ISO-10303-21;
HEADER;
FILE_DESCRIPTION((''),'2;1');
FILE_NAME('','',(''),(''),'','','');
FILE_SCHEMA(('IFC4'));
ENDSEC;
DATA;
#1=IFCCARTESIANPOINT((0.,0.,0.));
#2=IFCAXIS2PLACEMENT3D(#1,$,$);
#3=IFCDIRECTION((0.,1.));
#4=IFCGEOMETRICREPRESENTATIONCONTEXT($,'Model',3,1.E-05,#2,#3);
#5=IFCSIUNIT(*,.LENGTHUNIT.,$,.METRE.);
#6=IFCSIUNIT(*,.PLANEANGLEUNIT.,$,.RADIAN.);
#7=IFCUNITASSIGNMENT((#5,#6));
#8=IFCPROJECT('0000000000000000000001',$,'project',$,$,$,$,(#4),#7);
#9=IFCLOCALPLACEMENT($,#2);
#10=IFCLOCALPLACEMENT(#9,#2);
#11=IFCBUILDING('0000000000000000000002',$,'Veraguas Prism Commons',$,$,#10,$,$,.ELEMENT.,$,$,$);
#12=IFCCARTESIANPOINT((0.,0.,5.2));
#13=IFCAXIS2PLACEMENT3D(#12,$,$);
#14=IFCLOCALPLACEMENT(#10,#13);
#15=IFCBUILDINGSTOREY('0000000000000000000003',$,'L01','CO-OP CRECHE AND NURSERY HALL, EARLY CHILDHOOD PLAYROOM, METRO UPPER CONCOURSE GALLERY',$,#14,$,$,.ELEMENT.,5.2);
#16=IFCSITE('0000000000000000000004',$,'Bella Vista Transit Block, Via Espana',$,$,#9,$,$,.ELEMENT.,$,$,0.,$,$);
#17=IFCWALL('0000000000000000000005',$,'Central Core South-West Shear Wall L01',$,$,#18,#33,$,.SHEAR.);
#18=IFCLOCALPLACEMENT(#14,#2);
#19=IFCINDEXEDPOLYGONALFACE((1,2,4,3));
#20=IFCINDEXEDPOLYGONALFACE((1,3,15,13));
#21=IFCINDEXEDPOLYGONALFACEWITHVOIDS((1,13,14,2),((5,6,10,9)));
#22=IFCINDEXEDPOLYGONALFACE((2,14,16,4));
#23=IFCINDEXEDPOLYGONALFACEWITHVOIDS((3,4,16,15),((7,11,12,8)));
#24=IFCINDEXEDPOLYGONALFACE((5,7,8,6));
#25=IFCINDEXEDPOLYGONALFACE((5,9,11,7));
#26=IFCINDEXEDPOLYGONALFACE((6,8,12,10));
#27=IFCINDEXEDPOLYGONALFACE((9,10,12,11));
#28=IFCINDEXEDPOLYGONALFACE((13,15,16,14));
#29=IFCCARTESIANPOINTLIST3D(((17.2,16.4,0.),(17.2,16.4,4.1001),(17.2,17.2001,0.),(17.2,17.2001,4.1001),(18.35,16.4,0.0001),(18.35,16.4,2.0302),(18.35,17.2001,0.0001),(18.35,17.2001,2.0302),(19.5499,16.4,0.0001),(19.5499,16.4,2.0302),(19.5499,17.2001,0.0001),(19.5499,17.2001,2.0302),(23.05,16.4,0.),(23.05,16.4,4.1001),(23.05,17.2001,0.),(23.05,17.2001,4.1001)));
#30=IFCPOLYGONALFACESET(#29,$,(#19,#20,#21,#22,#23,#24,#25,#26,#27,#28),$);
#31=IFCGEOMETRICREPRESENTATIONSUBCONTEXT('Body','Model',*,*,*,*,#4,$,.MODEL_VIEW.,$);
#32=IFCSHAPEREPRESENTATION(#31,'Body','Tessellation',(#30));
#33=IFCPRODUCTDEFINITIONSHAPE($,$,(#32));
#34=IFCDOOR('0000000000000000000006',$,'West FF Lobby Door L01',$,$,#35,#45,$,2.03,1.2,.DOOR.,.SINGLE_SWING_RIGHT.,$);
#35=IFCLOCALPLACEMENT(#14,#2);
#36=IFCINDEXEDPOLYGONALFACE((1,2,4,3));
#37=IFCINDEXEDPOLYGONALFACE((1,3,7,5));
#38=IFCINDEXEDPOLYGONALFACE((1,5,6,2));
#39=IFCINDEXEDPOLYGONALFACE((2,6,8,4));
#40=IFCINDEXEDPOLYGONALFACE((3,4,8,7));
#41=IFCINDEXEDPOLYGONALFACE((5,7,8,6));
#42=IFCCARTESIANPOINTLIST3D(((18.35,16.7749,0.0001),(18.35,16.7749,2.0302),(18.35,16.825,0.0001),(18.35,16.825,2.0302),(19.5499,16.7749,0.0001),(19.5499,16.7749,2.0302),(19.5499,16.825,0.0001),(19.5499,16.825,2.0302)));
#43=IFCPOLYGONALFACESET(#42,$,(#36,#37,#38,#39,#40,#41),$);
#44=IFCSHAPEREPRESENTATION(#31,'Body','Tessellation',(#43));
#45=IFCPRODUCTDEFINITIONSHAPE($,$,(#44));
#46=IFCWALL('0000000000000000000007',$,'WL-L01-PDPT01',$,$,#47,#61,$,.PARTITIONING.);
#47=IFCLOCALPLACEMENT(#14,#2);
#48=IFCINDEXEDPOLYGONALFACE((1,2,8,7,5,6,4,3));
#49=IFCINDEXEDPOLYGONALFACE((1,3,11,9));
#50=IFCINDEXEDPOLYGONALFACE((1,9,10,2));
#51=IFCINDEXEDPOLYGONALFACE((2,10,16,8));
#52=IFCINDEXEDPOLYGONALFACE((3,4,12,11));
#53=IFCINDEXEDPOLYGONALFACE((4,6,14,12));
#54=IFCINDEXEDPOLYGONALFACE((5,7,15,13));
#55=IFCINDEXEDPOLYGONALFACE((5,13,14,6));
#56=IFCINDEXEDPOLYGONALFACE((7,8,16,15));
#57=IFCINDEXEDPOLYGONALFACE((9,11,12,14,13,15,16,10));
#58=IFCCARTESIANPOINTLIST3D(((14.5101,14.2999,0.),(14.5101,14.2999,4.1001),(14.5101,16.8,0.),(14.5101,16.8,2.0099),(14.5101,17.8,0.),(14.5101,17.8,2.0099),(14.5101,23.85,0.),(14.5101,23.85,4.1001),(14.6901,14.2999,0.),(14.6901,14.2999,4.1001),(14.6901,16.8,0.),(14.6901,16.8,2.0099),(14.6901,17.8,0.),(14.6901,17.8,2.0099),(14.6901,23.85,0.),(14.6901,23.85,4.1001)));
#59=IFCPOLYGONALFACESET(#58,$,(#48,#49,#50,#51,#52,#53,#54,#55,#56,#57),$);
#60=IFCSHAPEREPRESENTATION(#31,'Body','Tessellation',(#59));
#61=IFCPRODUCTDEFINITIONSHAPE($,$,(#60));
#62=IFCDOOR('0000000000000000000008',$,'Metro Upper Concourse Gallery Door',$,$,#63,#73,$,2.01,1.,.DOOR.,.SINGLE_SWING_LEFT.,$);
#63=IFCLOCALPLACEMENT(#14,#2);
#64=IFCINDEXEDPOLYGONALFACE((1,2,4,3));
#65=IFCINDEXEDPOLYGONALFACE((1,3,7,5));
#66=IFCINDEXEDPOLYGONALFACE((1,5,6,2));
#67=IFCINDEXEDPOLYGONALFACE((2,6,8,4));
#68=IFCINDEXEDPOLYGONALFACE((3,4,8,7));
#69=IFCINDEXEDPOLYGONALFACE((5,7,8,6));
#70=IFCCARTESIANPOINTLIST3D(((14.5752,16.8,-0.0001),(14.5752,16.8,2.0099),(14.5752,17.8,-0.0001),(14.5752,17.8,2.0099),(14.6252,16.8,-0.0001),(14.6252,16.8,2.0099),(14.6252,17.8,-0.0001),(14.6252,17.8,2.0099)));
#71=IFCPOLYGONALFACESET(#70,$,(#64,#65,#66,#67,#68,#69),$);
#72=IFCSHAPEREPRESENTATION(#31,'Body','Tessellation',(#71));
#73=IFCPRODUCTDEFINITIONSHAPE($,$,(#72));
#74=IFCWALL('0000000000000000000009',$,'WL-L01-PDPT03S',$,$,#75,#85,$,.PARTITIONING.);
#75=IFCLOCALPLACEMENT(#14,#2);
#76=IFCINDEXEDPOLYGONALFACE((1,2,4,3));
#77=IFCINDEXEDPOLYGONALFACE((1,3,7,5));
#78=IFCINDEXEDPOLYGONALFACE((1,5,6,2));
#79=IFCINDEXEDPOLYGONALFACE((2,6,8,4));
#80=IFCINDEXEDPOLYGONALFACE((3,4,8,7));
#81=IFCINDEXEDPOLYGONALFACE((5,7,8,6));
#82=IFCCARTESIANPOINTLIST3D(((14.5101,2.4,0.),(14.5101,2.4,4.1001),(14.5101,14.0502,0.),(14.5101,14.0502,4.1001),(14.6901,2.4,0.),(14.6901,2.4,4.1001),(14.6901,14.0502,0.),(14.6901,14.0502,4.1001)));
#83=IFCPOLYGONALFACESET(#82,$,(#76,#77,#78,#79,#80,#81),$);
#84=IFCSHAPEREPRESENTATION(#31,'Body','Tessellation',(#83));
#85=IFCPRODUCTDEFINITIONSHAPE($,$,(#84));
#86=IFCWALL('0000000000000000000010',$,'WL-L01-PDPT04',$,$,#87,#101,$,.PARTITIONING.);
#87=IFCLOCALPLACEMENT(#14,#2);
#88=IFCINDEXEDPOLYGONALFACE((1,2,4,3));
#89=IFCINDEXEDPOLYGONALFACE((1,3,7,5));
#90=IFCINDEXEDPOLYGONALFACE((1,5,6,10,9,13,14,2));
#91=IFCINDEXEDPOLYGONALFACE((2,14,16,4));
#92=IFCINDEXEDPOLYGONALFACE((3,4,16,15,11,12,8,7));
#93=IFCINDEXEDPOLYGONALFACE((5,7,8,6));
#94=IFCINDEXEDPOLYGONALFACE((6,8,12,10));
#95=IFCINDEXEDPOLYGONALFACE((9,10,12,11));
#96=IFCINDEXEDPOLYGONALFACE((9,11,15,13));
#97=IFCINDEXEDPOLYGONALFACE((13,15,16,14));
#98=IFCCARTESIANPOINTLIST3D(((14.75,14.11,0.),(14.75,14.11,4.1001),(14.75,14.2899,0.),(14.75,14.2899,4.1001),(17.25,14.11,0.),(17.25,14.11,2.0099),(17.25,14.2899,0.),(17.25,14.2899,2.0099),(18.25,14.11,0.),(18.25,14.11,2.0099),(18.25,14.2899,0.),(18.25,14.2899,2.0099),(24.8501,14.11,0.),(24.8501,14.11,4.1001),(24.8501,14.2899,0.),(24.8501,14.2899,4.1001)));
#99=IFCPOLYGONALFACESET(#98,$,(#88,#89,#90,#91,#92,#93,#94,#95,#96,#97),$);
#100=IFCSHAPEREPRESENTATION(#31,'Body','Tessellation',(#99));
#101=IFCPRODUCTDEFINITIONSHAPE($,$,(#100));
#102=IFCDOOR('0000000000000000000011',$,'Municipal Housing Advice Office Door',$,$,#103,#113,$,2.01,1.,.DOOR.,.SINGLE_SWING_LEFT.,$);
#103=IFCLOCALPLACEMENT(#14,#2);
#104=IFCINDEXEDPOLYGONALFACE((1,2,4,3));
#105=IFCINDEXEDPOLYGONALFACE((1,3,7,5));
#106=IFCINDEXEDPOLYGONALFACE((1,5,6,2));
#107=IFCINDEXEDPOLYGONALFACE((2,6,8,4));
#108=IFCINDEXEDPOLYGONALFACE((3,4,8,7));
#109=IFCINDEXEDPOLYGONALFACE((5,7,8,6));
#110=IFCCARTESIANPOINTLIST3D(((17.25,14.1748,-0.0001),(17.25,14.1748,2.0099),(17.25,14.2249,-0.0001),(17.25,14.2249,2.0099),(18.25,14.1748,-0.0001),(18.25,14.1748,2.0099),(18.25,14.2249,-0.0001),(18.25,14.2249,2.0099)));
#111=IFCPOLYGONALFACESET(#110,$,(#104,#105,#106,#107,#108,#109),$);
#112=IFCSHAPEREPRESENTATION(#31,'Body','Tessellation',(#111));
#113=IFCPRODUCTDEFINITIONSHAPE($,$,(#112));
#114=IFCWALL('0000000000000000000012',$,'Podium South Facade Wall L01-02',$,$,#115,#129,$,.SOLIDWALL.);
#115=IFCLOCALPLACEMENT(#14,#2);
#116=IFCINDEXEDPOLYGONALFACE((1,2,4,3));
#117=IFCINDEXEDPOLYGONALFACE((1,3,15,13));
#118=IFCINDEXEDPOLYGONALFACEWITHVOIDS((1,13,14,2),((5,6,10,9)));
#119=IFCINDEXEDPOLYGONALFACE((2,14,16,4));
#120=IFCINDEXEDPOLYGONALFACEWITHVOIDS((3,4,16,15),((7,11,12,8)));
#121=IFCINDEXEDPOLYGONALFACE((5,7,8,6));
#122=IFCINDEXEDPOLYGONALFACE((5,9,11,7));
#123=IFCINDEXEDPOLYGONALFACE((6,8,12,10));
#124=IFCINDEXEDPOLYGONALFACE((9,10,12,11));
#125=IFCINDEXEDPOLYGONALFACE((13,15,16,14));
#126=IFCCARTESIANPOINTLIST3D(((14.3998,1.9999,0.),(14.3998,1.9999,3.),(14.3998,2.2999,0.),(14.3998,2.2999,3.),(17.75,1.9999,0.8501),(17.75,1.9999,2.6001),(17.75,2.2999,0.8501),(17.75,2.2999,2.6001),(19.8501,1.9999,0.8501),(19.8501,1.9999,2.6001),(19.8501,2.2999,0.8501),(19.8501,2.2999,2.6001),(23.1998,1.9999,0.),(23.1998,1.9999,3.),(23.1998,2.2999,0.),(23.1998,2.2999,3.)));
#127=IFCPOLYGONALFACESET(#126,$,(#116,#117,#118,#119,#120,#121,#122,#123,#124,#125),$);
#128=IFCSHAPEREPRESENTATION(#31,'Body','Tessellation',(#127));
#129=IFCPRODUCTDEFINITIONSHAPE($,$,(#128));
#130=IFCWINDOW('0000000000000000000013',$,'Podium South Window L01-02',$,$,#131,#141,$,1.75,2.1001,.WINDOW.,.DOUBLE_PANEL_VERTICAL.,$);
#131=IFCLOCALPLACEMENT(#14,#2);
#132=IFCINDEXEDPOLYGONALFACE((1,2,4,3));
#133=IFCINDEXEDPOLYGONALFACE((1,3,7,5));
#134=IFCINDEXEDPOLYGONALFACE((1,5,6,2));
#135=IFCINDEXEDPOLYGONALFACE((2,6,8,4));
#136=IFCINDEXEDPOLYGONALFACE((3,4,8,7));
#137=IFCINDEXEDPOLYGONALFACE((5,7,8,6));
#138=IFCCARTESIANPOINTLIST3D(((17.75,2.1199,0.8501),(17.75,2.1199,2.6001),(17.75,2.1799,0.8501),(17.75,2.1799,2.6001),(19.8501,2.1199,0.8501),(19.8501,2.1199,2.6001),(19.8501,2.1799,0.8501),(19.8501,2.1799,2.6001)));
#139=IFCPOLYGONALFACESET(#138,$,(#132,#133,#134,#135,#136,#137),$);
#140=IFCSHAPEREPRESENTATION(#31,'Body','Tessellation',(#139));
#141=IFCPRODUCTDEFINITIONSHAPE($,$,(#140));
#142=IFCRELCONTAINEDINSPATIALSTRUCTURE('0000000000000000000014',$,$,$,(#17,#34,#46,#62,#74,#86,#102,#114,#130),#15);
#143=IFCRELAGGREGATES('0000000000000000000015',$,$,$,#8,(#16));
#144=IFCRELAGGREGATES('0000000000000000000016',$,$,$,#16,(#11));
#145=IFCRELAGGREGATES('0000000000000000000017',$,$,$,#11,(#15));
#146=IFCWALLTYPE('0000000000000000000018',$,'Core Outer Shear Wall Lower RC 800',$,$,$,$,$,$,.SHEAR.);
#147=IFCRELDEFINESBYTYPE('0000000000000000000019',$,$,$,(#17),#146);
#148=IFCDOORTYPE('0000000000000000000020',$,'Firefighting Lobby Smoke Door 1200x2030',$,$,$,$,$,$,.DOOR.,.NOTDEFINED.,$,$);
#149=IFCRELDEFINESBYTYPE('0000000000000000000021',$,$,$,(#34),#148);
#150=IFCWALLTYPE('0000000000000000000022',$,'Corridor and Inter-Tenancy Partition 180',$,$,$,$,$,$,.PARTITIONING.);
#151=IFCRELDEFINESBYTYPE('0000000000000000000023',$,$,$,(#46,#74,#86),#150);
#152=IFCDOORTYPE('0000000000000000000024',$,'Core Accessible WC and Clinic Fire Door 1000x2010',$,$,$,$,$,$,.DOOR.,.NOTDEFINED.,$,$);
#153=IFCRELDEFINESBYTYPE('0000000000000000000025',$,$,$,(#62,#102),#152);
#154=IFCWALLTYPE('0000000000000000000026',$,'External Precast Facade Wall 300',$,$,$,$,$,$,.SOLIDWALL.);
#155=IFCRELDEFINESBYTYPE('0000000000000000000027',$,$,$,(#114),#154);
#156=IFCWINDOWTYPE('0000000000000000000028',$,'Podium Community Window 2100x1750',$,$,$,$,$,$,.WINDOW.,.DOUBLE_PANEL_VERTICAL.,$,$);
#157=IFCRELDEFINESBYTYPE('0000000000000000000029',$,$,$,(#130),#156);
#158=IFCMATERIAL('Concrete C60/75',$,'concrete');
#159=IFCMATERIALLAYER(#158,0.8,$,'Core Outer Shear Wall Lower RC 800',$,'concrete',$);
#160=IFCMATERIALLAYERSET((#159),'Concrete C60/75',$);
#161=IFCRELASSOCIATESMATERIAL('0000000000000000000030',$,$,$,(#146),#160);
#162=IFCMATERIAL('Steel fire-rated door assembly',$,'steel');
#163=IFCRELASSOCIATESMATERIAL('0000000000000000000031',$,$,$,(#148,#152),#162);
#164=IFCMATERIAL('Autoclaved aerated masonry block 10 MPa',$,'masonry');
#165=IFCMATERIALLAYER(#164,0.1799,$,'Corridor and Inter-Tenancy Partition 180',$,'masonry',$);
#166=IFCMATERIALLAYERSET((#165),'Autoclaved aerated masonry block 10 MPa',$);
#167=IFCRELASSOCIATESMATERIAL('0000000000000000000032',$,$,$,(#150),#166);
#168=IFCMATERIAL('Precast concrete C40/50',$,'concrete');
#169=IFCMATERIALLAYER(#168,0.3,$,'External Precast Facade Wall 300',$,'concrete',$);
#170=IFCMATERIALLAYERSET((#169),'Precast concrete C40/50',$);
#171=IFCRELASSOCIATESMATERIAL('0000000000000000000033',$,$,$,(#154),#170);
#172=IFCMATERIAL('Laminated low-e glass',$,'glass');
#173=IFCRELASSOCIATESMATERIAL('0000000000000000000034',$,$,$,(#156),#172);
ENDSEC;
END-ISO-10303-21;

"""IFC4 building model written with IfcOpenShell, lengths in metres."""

from ifc_helpers import new_model, si_unit, direction, frame, frame_2d, origin, place, context, subcontext, project, spatial, rectangle, extrude, source, transform, mapped, material, layer, layer_set, type_object, element, fill, save


model = new_model("IFC4")

# Units and contexts
model_context = context("Model", 3, precision=1e-05, world=origin(), true_north=direction((0.0, 1.0)))
body_context = subcontext(model_context, "Body", "Model", "MODEL_VIEW")
ifc_project = project(units=[si_unit("LENGTHUNIT", "METRE"), si_unit("PLANEANGLEUNIT", "RADIAN")], contexts=[model_context])

# Site, building, storey
site_placement = place(None, origin())
site = spatial("IfcSite", under=ifc_project, at=site_placement, Name="Bella Vista Transit Block, Via Espana", CompositionType="ELEMENT", RefElevation=0.0)
building_placement = place(site_placement, origin())
building = spatial("IfcBuilding", under=site, at=building_placement, Name="Veraguas Prism Commons", CompositionType="ELEMENT")
storey_placement = place(building_placement, frame((0.0, 0.0, 5.2)))
storey = spatial("IfcBuildingStorey", under=building, at=storey_placement, Name="L01", Description="CO-OP CRECHE AND NURSERY HALL, EARLY CHILDHOOD PLAYROOM, METRO UPPER CONCOURSE GALLERY", CompositionType="ELEMENT", Elevation=5.2)

# Shared definitions
ifc_material_1 = material(Name="Concrete C60/75", Category="concrete")

# Shared definitions
ifc_material_2 = material(Name="Steel fire-rated door assembly", Category="steel")

# Shared definitions
ifc_layer_1 = layer(ifc_material_1, 0.8, Name="Core Outer Shear Wall Lower RC 800", Category="concrete")
ifc_layer_set_1 = layer_set([ifc_layer_1], Name="Concrete C60/75")
wall_type_1 = type_object("IfcWallType", Name="Core Outer Shear Wall Lower RC 800", PredefinedType="SHEAR", material=ifc_layer_set_1)

# Walls, openings, doors
wall_1_placement = place(storey_placement, frame((17.2, 16.8, 0.0), z_axis=(0.0, 0.0, 1.0), x_axis=(1.0, 0.0, 0.0)))
wall_1 = element("IfcWall", 1, at=wall_1_placement, inside=storey, type_object=wall_type_1, Name="Central Core South-West Shear Wall L01", PredefinedType="SHEAR", context=body_context, shape_type="SweptSolid", body=[
    extrude(rectangle(XDim=5.8501, YDim=0.8, at=frame_2d((2.925, 0.0))), origin(), (0.0, 0.0, 1.0), 4.1001),
])
opening_1_placement = place(wall_1_placement, frame((1.1499, 0.0, 0.0)))
opening_1 = element("IfcOpeningElement", 2, at=opening_1_placement, cuts=wall_1, PredefinedType="OPENING", context=body_context, shape_type="SweptSolid", body=[
    extrude(rectangle(XDim=1.2, YDim=2.03, at=frame_2d((0.6001, 1.0151))), frame((0.0, 0.4099, 0.0), z_axis=(0.0, -1.0, 0.0), x_axis=(1.0, 0.0, 0.0)), (0.0, 0.0, 1.0), 0.8201),
])
door_type_1 = type_object("IfcDoorType", Name="Firefighting Lobby Smoke Door 1200x2030", OperationType="NOTDEFINED", PredefinedType="DOOR", material=ifc_material_2)
shared_shape_1 = source(origin(), body_context, "Body", "SweptSolid", [
    extrude(rectangle(XDim=1.2, YDim=2.03, at=frame_2d((0.6001, 1.0151))), frame((0.0, 0.0249, 0.0), z_axis=(0.0, -1.0, 0.0), x_axis=(1.0, 0.0, 0.0)), (0.0, 0.0, 1.0), 0.05),
])
door_1_placement = place(opening_1_placement, origin())
door_1 = element("IfcDoor", 3, at=door_1_placement, inside=storey, type_object=door_type_1, Name="West FF Lobby Door L01", OperationType="SINGLE_SWING_RIGHT", OverallHeight=2.03, OverallWidth=1.2, PredefinedType="DOOR", context=body_context, shape_type="MappedRepresentation", body=[
    mapped(shared_shape_1, transform((0.0, 0.0, 0.0), scale=1.0)),
])
fill(opening_1, door_1)
ifc_material_3 = material(Name="Autoclaved aerated masonry block 10 MPa", Category="masonry")
ifc_layer_2 = layer(ifc_material_3, 0.1799, Name="Corridor and Inter-Tenancy Partition 180", Category="masonry")
ifc_layer_set_2 = layer_set([ifc_layer_2], Name="Autoclaved aerated masonry block 10 MPa")
wall_type_2 = type_object("IfcWallType", Name="Corridor and Inter-Tenancy Partition 180", PredefinedType="PARTITIONING", material=ifc_layer_set_2)
wall_2_placement = place(storey_placement, frame((14.6001, 14.3, 0.0), z_axis=(0.0, 0.0, 1.0), x_axis=(0.0, 1.0, 0.0)))
wall_2 = element("IfcWall", 4, at=wall_2_placement, inside=storey, type_object=wall_type_2, Name="WL-L01-PDPT01", PredefinedType="PARTITIONING", context=body_context, shape_type="SweptSolid", body=[
    extrude(rectangle(XDim=9.55, YDim=0.1799, at=frame_2d((4.7749, 0.0))), origin(), (0.0, 0.0, 1.0), 4.1001),
])
opening_2_placement = place(wall_2_placement, frame((2.5, 0.0, 0.0)))
opening_2 = element("IfcOpeningElement", 5, at=opening_2_placement, cuts=wall_2, PredefinedType="OPENING", context=body_context, shape_type="SweptSolid", body=[
    extrude(rectangle(XDim=1.0, YDim=2.01, at=frame_2d((0.5, 1.0049))), frame((0.0, 0.0999, 0.0), z_axis=(0.0, -1.0, 0.0), x_axis=(1.0, 0.0, 0.0)), (0.0, 0.0, 1.0), 0.2),
])
door_type_2 = type_object("IfcDoorType", Name="Core Accessible WC and Clinic Fire Door 1000x2010", OperationType="NOTDEFINED", PredefinedType="DOOR", material=ifc_material_2)
shared_shape_2 = source(origin(), body_context, "Body", "SweptSolid", [
    extrude(rectangle(XDim=1.0, YDim=2.01, at=frame_2d((0.5, 1.0049))), frame((0.0, 0.0249, 0.0), z_axis=(0.0, -1.0, 0.0), x_axis=(1.0, 0.0, 0.0)), (0.0, 0.0, 1.0), 0.05),
])
door_2_placement = place(opening_2_placement, origin())
door_2 = element("IfcDoor", 6, at=door_2_placement, inside=storey, type_object=door_type_2, Name="Metro Upper Concourse Gallery Door", OperationType="SINGLE_SWING_LEFT", OverallHeight=2.01, OverallWidth=1.0, PredefinedType="DOOR", context=body_context, shape_type="MappedRepresentation", body=[
    mapped(shared_shape_2, transform((0.0, 0.0, 0.0), scale=1.0)),
])
fill(opening_2, door_2)

# Wall
wall_3_placement = place(storey_placement, frame((14.6001, 2.3999, 0.0), z_axis=(0.0, 0.0, 1.0), x_axis=(0.0, 1.0, 0.0)))
element("IfcWall", 7, at=wall_3_placement, inside=storey, type_object=wall_type_2, Name="WL-L01-PDPT03S", PredefinedType="PARTITIONING", context=body_context, shape_type="SweptSolid", body=[
    extrude(rectangle(XDim=11.6501, YDim=0.1799, at=frame_2d((5.8252, 0.0))), origin(), (0.0, 0.0, 1.0), 4.1001),
])

# Wall, opening, door
wall_4_placement = place(storey_placement, frame((14.75, 14.2, 0.0), z_axis=(0.0, 0.0, 1.0), x_axis=(1.0, 0.0, 0.0)))
wall_4 = element("IfcWall", 8, at=wall_4_placement, inside=storey, type_object=wall_type_2, Name="WL-L01-PDPT04", PredefinedType="PARTITIONING", context=body_context, shape_type="SweptSolid", body=[
    extrude(rectangle(XDim=10.1001, YDim=0.1799, at=frame_2d((5.05, 0.0))), origin(), (0.0, 0.0, 1.0), 4.1001),
])
opening_3_placement = place(wall_4_placement, frame((2.5, 0.0, 0.0)))
opening_3 = element("IfcOpeningElement", 9, at=opening_3_placement, cuts=wall_4, PredefinedType="OPENING", context=body_context, shape_type="SweptSolid", body=[
    extrude(rectangle(XDim=1.0, YDim=2.01, at=frame_2d((0.5, 1.0049))), frame((0.0, 0.0999, 0.0), z_axis=(0.0, -1.0, 0.0), x_axis=(1.0, 0.0, 0.0)), (0.0, 0.0, 1.0), 0.2),
])
door_3_placement = place(opening_3_placement, origin())
door_3 = element("IfcDoor", 10, at=door_3_placement, inside=storey, type_object=door_type_2, Name="Municipal Housing Advice Office Door", OperationType="SINGLE_SWING_LEFT", OverallHeight=2.01, OverallWidth=1.0, PredefinedType="DOOR", context=body_context, shape_type="MappedRepresentation", body=[
    mapped(shared_shape_2, transform((0.0, 0.0, 0.0), scale=1.0)),
])
fill(opening_3, door_3)

# Wall, opening, window
ifc_material_4 = material(Name="Precast concrete C40/50", Category="concrete")
ifc_layer_3 = layer(ifc_material_4, 0.3, Name="External Precast Facade Wall 300", Category="concrete")
ifc_layer_set_3 = layer_set([ifc_layer_3], Name="Precast concrete C40/50")
wall_type_3 = type_object("IfcWallType", Name="External Precast Facade Wall 300", PredefinedType="SOLIDWALL", material=ifc_layer_set_3)
wall_5_placement = place(storey_placement, frame((14.3999, 2.1499, 0.0), z_axis=(0.0, 0.0, 1.0), x_axis=(1.0, 0.0, 0.0)))
wall_5 = element("IfcWall", 11, at=wall_5_placement, inside=storey, type_object=wall_type_3, Name="Podium South Facade Wall L01-02", PredefinedType="SOLIDWALL", context=body_context, shape_type="SweptSolid", body=[
    extrude(rectangle(XDim=8.8, YDim=0.3, at=frame_2d((4.3999, 0.0))), origin(), (0.0, 0.0, 1.0), 3.0),
])
opening_4_placement = place(wall_5_placement, frame((3.3501, 0.0, 0.8501)))
opening_4 = element("IfcOpeningElement", 12, at=opening_4_placement, cuts=wall_5, PredefinedType="OPENING", context=body_context, shape_type="SweptSolid", body=[
    extrude(rectangle(XDim=2.1001, YDim=1.75, at=frame_2d((1.05, 0.875))), frame((0.0, 0.1599, 0.0), z_axis=(0.0, -1.0, 0.0), x_axis=(1.0, 0.0, 0.0)), (0.0, 0.0, 1.0), 0.3201),
])
ifc_material_5 = material(Name="Laminated low-e glass", Category="glass")
window_type = type_object("IfcWindowType", Name="Podium Community Window 2100x1750", PartitioningType="DOUBLE_PANEL_VERTICAL", PredefinedType="WINDOW", material=ifc_material_5)
shared_shape_3 = source(origin(), body_context, "Body", "SweptSolid", [
    extrude(rectangle(XDim=2.1001, YDim=1.75, at=frame_2d((1.05, 0.875))), frame((0.0, 0.03, 0.0), z_axis=(0.0, -1.0, 0.0), x_axis=(1.0, 0.0, 0.0)), (0.0, 0.0, 1.0), 0.0601),
])
window_placement = place(opening_4_placement, origin())
window = element("IfcWindow", 13, at=window_placement, inside=storey, type_object=window_type, Name="Podium South Window L01-02", OverallHeight=1.75, OverallWidth=2.1001, PartitioningType="DOUBLE_PANEL_VERTICAL", PredefinedType="WINDOW", context=body_context, shape_type="MappedRepresentation", body=[
    mapped(shared_shape_3, transform((0.0, 0.0, 0.0), scale=1.0)),
])
fill(opening_4, window)

save(model, "model.ifc")
